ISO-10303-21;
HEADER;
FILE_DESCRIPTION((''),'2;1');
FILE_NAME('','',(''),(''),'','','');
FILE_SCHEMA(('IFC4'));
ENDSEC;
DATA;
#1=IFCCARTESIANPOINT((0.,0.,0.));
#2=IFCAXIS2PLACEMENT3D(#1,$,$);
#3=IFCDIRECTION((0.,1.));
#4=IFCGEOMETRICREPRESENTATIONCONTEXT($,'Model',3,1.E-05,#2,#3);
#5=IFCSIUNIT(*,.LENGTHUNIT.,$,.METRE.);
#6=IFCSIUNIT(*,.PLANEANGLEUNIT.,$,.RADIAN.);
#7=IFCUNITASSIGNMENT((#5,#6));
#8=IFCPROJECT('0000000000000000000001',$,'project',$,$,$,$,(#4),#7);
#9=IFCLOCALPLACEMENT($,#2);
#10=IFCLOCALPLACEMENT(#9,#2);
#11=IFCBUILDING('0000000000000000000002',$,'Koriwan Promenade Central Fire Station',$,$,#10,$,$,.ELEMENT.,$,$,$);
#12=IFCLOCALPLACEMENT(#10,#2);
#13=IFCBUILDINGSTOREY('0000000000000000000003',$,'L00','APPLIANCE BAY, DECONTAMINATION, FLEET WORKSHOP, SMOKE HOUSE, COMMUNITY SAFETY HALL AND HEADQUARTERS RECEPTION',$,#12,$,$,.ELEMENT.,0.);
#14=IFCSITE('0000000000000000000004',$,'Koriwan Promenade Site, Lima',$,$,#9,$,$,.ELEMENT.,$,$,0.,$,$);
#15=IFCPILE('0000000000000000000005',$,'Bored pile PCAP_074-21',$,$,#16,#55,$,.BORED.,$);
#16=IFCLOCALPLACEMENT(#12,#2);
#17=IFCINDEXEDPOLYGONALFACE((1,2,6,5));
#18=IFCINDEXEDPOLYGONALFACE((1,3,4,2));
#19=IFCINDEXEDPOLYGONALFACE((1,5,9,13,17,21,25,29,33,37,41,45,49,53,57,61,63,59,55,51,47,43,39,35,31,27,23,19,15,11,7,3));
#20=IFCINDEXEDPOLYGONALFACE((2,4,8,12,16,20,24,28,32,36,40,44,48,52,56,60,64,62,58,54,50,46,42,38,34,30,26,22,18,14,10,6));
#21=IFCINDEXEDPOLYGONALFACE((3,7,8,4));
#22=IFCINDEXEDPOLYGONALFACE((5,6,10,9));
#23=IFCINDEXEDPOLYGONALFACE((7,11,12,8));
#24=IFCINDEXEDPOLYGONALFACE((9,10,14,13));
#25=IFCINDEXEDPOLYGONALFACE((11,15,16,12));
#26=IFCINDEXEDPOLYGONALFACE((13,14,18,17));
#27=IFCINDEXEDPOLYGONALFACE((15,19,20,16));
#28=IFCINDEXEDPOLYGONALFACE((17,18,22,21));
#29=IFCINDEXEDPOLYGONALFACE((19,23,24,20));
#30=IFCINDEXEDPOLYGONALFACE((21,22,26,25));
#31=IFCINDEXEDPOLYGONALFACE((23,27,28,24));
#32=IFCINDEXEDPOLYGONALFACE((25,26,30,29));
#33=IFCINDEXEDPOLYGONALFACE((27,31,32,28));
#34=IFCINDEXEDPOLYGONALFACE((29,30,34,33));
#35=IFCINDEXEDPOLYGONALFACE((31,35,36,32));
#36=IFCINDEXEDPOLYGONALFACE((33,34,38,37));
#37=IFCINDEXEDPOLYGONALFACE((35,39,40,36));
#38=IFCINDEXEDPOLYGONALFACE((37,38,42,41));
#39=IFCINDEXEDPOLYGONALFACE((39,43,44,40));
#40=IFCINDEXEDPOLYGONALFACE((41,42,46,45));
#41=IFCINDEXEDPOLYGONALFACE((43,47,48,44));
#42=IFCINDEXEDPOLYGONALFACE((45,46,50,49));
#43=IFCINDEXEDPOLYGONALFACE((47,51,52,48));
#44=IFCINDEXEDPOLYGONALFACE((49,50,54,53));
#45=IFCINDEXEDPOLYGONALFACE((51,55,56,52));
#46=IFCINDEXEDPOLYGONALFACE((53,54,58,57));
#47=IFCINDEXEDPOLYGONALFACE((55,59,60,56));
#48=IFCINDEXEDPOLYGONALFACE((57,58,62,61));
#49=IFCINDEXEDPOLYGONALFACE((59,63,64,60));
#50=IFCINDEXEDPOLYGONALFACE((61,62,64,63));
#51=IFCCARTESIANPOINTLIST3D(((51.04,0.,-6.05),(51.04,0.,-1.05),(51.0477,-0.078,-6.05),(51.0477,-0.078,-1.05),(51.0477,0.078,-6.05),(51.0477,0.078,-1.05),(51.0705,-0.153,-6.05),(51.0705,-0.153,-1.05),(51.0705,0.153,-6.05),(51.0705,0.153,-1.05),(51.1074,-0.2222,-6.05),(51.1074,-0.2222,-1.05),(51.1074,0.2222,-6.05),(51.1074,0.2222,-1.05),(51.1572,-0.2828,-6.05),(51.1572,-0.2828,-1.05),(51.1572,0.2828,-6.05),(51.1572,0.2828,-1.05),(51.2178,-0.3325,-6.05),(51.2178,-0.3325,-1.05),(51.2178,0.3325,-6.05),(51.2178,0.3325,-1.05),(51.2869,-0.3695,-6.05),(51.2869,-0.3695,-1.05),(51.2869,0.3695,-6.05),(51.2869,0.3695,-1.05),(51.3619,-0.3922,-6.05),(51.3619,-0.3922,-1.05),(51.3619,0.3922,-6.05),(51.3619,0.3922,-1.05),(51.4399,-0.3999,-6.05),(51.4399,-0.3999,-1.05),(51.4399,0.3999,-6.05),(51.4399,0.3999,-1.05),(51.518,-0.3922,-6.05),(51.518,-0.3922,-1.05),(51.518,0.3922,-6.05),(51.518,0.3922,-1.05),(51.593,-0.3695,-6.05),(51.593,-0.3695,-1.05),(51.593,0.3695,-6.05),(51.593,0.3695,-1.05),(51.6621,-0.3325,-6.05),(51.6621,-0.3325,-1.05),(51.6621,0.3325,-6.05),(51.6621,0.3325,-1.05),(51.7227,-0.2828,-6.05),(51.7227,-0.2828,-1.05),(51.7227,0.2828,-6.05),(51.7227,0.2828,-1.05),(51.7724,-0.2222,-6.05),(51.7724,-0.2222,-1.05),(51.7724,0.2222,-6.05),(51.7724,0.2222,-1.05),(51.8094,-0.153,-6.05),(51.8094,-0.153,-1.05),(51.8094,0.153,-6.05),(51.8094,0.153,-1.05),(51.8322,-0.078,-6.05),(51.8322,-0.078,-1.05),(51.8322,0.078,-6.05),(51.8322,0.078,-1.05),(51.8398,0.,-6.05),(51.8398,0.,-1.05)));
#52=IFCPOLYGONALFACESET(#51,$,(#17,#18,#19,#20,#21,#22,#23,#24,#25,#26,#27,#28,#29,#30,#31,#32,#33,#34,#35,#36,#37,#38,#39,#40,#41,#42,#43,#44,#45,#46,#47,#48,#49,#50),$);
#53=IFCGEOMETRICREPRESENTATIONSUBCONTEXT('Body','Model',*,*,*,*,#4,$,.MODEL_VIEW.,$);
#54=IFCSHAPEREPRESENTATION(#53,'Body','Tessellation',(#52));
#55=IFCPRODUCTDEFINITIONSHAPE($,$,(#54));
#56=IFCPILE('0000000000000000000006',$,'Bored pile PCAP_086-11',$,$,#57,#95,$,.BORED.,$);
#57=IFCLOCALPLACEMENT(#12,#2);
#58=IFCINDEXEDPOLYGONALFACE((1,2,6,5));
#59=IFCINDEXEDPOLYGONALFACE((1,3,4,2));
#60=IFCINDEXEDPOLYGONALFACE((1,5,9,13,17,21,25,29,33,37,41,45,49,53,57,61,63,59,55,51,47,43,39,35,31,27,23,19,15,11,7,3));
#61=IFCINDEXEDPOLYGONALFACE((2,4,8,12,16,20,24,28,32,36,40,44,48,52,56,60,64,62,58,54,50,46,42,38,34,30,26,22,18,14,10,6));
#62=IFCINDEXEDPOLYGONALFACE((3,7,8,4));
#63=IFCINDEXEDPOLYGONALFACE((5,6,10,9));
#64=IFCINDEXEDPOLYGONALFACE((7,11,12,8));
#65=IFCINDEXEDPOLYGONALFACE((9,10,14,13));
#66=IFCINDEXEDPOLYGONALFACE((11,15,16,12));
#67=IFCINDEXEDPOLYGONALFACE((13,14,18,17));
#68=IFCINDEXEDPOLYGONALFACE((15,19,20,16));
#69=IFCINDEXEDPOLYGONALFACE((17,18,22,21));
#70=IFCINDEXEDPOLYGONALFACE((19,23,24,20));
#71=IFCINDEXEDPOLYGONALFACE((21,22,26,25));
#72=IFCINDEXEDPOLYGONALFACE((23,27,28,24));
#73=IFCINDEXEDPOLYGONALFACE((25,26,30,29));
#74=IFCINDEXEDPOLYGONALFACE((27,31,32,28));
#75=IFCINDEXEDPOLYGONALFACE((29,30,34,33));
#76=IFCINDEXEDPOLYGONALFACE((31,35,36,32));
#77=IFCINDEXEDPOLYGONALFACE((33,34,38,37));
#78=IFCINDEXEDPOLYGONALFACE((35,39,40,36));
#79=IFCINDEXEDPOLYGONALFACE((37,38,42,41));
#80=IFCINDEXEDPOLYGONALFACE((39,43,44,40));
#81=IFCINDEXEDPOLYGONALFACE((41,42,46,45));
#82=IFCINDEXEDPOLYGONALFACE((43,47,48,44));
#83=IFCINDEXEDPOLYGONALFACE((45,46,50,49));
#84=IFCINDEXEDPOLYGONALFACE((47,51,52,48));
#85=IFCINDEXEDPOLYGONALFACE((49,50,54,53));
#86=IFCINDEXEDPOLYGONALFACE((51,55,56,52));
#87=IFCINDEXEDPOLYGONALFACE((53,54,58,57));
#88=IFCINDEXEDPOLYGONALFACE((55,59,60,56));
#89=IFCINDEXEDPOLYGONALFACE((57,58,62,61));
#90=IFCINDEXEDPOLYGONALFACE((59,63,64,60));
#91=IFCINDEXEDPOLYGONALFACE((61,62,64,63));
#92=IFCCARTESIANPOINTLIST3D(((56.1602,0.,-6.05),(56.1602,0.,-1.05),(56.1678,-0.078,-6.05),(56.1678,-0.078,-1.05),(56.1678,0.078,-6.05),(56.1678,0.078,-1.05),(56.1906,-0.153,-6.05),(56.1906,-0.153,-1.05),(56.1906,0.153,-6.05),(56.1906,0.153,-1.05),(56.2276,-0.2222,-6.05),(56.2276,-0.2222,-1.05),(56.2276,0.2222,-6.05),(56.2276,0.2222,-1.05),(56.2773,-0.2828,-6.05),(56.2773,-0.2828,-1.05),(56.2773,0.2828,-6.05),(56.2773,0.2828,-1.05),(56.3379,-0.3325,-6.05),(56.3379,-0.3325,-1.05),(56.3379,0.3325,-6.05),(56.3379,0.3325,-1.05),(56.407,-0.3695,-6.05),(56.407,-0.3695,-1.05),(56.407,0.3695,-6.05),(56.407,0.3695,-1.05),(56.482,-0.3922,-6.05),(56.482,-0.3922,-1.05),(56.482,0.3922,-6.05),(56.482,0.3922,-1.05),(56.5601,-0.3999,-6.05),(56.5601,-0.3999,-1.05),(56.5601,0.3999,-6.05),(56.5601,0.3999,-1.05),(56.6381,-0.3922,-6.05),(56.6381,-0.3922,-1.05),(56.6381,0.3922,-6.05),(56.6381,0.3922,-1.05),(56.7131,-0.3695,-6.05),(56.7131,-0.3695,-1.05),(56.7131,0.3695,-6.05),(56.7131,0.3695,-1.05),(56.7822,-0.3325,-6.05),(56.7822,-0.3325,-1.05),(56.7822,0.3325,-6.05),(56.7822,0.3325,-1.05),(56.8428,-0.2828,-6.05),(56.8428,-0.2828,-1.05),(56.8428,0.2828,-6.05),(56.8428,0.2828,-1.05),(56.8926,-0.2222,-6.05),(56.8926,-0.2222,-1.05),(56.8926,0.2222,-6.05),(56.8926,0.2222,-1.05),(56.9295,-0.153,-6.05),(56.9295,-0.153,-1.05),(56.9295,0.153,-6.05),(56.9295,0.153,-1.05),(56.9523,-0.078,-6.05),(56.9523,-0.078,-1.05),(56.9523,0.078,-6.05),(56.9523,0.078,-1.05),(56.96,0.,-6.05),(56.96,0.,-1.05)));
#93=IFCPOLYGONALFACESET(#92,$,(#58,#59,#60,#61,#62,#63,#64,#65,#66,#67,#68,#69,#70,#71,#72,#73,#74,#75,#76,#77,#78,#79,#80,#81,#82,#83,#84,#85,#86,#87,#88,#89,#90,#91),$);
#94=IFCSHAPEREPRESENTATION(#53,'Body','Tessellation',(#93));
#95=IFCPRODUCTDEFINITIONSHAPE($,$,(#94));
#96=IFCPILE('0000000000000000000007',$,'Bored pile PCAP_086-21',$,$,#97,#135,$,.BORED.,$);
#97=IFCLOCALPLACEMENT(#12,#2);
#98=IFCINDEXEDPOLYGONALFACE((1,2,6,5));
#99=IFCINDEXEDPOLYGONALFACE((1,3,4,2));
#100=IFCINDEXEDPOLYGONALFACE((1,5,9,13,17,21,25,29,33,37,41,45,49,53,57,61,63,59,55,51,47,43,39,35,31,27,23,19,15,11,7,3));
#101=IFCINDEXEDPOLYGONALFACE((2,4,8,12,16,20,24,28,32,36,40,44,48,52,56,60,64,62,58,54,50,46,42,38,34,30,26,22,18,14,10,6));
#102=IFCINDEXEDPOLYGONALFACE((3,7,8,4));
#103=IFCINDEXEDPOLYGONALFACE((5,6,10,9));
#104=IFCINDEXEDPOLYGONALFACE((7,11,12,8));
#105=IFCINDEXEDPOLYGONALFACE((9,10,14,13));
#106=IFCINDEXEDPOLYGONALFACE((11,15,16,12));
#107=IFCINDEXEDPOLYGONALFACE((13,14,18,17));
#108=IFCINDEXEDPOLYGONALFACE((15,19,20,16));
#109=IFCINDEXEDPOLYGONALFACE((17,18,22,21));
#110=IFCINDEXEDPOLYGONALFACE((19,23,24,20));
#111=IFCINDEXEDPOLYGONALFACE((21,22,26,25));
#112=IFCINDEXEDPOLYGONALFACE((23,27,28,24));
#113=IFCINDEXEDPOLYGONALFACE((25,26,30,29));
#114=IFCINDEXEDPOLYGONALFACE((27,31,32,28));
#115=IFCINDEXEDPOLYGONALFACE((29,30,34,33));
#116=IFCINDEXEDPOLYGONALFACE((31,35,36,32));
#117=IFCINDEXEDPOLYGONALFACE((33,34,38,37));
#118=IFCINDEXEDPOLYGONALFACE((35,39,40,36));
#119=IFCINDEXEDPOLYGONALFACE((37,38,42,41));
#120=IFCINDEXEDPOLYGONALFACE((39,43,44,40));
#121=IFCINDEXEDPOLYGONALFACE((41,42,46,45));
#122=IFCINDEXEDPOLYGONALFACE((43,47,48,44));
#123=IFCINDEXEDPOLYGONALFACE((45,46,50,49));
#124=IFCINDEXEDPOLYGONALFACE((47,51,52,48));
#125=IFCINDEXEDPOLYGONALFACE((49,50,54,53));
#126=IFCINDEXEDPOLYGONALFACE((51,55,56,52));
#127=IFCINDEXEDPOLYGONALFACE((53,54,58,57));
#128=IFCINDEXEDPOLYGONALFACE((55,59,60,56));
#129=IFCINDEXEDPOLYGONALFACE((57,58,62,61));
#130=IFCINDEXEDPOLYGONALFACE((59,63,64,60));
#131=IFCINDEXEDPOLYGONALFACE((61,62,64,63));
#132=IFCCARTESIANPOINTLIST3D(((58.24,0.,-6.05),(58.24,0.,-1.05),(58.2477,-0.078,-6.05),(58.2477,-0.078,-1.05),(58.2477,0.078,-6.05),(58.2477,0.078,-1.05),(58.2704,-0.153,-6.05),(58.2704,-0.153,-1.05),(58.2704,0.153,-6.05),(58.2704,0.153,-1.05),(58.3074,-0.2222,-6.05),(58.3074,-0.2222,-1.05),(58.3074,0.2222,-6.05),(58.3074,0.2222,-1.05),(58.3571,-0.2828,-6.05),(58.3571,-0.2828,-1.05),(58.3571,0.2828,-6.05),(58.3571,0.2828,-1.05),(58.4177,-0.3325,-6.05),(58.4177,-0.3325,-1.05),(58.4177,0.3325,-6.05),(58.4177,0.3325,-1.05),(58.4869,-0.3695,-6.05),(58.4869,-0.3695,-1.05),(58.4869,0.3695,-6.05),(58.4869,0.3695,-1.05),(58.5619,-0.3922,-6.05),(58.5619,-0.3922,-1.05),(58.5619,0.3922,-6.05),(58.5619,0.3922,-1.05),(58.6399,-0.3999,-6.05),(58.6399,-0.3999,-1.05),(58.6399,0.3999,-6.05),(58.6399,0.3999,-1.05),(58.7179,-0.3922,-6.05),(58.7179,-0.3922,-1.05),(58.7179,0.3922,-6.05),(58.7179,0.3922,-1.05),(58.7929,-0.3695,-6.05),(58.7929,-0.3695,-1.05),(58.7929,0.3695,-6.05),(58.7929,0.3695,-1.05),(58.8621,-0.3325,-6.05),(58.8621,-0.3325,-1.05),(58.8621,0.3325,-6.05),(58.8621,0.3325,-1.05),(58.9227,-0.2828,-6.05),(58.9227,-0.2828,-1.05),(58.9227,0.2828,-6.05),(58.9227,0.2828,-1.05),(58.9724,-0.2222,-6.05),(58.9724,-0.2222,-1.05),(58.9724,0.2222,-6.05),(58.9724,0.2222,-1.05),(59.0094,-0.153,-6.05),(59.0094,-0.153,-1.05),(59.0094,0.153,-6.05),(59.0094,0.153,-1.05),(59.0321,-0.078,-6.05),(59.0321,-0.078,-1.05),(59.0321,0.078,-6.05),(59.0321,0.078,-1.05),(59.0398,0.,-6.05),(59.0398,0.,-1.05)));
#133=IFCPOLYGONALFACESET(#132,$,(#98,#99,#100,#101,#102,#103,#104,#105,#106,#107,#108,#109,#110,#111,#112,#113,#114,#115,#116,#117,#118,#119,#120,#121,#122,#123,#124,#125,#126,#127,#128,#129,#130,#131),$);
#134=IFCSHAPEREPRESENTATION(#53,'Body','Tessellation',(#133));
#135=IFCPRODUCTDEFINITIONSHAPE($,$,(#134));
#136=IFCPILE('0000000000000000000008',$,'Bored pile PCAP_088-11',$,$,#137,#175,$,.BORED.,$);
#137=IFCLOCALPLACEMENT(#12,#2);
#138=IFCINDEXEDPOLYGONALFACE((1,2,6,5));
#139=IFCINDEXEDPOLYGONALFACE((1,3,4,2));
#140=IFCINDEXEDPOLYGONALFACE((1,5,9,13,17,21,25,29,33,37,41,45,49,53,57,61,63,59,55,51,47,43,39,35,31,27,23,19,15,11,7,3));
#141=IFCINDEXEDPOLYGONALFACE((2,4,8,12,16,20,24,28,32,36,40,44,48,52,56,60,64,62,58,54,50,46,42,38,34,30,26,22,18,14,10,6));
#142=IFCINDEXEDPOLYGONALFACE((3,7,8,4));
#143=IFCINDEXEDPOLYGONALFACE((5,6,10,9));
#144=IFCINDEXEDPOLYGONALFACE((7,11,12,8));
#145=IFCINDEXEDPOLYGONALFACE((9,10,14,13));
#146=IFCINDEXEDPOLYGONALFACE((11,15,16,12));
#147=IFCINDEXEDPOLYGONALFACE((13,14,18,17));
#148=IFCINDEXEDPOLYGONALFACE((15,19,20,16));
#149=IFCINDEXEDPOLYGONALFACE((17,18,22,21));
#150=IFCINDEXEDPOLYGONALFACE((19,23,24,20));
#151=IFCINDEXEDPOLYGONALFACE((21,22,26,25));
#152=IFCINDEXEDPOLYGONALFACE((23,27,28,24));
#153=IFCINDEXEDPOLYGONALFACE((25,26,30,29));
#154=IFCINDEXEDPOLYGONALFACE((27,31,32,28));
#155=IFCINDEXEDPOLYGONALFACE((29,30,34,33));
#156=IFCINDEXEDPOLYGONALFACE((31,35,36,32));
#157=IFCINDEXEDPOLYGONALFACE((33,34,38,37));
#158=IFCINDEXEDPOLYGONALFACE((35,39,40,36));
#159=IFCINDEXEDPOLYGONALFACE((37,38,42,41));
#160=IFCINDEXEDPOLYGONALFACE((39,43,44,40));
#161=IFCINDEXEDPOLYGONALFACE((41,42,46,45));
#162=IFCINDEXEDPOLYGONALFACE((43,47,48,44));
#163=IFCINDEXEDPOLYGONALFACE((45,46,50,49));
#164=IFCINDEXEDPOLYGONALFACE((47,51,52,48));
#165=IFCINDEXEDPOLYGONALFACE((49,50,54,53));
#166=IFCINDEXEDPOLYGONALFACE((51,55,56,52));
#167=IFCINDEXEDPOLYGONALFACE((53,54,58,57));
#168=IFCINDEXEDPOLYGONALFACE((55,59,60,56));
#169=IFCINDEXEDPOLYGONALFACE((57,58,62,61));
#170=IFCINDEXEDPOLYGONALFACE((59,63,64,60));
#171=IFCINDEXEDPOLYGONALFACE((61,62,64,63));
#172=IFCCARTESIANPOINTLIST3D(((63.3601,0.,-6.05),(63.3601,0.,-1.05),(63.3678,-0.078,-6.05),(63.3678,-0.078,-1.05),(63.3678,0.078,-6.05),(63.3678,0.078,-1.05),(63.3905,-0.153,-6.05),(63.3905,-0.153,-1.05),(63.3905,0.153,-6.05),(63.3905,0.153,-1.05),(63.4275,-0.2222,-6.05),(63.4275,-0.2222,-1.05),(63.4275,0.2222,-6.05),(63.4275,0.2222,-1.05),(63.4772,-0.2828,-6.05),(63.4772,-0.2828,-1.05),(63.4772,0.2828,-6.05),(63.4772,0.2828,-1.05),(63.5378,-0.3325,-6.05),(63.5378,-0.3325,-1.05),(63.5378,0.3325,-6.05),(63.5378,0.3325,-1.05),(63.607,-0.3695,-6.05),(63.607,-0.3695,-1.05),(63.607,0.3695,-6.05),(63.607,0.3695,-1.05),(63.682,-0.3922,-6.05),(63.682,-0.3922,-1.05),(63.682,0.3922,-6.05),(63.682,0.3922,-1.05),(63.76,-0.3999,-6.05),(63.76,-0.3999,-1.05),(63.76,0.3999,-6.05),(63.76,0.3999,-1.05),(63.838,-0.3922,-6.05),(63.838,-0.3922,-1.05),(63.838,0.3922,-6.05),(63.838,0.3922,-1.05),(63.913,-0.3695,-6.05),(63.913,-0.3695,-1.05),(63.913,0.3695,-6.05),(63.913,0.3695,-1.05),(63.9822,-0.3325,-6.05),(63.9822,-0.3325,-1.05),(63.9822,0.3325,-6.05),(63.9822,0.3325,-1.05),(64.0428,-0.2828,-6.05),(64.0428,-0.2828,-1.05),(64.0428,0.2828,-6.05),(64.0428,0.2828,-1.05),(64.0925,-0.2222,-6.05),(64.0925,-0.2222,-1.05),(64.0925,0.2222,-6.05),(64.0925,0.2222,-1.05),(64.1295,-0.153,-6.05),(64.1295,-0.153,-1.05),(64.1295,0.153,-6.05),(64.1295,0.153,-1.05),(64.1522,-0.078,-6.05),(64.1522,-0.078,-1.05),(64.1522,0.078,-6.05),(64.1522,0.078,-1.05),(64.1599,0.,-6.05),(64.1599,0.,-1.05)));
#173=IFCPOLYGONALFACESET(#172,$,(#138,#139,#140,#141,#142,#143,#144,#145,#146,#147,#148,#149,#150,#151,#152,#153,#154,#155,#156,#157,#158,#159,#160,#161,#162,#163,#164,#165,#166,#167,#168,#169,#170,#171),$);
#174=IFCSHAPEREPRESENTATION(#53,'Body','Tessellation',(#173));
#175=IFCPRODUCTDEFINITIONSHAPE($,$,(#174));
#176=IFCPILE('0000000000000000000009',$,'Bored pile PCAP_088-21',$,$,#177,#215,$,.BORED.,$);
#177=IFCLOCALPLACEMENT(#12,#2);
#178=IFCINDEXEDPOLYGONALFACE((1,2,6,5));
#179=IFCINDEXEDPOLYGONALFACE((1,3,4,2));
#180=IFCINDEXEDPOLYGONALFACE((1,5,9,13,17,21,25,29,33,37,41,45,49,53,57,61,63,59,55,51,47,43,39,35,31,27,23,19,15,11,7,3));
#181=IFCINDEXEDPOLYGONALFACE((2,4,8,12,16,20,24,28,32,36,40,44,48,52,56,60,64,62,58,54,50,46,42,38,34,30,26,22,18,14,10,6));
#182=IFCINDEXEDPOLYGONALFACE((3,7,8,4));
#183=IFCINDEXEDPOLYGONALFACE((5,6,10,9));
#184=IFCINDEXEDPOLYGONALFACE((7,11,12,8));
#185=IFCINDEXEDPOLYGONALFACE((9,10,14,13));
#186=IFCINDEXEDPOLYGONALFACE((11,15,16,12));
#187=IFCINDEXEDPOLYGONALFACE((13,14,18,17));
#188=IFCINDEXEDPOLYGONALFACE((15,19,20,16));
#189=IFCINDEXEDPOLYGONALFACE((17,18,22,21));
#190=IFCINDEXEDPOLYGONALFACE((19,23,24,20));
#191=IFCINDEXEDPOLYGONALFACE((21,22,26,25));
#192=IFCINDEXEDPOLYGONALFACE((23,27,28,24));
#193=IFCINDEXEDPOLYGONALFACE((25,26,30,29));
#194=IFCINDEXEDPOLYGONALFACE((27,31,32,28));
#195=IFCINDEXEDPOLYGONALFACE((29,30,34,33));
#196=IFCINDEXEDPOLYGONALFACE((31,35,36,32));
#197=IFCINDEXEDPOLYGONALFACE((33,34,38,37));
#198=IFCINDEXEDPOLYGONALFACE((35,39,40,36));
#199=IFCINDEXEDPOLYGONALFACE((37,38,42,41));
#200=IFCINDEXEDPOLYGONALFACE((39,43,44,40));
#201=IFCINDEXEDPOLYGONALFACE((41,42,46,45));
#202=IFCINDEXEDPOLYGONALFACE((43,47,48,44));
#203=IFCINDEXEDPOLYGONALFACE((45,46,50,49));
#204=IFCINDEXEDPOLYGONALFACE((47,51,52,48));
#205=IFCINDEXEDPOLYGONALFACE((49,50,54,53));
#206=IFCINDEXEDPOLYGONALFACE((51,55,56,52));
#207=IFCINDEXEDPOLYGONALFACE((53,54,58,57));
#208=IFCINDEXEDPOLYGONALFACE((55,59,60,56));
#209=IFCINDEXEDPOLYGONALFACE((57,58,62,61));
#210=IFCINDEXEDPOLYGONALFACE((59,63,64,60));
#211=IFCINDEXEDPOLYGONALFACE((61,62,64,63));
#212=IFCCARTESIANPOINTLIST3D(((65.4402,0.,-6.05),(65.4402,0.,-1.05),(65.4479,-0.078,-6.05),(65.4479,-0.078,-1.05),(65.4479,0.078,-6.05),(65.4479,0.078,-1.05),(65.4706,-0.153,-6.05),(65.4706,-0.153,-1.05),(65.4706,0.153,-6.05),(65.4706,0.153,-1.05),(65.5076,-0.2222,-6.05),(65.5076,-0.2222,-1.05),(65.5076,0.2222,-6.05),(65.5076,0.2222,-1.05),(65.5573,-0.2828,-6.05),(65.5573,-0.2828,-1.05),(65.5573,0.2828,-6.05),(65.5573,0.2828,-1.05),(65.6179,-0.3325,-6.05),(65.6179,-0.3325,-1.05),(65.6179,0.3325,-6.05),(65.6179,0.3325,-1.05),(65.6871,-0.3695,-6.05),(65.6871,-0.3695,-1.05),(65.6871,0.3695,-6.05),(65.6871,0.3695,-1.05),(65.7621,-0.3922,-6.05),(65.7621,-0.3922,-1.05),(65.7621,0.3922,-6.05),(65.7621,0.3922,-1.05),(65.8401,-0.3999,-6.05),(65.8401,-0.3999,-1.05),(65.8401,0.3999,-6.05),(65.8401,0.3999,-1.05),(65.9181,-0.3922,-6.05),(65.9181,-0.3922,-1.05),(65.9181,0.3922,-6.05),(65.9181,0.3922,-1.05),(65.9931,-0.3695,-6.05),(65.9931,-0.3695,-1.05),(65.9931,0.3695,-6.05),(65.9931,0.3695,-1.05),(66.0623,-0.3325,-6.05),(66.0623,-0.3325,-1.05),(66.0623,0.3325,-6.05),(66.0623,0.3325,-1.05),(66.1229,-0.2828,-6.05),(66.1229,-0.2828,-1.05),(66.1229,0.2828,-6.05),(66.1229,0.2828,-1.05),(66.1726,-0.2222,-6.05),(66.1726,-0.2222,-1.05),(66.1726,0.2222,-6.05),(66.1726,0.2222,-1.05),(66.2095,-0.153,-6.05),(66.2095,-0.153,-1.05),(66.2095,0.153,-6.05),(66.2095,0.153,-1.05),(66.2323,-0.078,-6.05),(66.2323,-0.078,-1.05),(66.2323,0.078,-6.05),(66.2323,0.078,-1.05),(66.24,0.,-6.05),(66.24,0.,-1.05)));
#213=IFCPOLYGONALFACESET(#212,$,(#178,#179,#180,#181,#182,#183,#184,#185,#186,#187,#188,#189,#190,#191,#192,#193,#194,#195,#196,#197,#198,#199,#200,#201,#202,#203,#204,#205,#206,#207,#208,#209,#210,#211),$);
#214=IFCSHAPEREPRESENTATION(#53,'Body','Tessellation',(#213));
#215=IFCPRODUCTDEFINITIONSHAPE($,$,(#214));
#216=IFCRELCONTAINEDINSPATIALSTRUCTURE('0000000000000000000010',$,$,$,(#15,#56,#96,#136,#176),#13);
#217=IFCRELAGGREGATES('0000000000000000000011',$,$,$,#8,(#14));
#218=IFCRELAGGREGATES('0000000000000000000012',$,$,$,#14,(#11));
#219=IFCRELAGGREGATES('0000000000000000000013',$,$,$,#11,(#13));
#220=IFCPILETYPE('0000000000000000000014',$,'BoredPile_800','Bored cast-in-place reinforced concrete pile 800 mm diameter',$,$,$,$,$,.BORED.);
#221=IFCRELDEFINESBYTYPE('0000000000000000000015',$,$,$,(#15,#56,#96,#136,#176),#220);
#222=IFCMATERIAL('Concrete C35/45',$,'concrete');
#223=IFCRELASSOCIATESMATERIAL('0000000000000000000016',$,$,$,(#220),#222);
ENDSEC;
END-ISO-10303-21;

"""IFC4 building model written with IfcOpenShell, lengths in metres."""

from ifc_helpers import new_model, si_unit, direction, frame, origin, origin_2d, place, context, subcontext, project, spatial, circle, extrude, material, material_profile, profile_set, type_object, element, save


model = new_model("IFC4")

# Units and contexts
model_context = context("Model", 3, precision=1e-05, world=origin(), true_north=direction((0.0, 1.0)))
body_context = subcontext(model_context, "Body", "Model", "MODEL_VIEW")
ifc_project = project(units=[si_unit("LENGTHUNIT", "METRE"), si_unit("PLANEANGLEUNIT", "RADIAN")], contexts=[model_context])

# Site, building, storey
site_placement = place(None, origin())
site = spatial("IfcSite", under=ifc_project, at=site_placement, Name="Koriwan Promenade Site, Lima", CompositionType="ELEMENT", RefElevation=0.0)
building_placement = place(site_placement, origin())
building = spatial("IfcBuilding", under=site, at=building_placement, Name="Koriwan Promenade Central Fire Station", CompositionType="ELEMENT")
storey_placement = place(building_placement, origin())
storey = spatial("IfcBuildingStorey", under=building, at=storey_placement, Name="L00", Description="APPLIANCE BAY, DECONTAMINATION, FLEET WORKSHOP, SMOKE HOUSE, COMMUNITY SAFETY HALL AND HEADQUARTERS RECEPTION", CompositionType="ELEMENT", Elevation=0.0)

# Piles
ifc_material_1 = material(Name="Concrete C35/45", Category="concrete")
ifc_material_profile_1 = material_profile(ifc_material_1, circle(Radius=0.3999, at=origin_2d()), Name="PILE-D800")
ifc_profile_set_1 = profile_set([ifc_material_profile_1], Name="Concrete C35/45")
pile_type = type_object("IfcPileType", Name="BoredPile_800", Description="Bored cast-in-place reinforced concrete pile 800 mm diameter", PredefinedType="BORED", material=ifc_profile_set_1)
for number, where, z_axis, x_axis, name in (
    (1, (51.4399, 0.0, -1.05), (0.0, 0.0, -1.0), (1.0, 0.0, 0.0), "Bored pile PCAP_074-21"),
    (2, (56.5601, 0.0, -1.05), (0.0, 0.0, -1.0), (1.0, 0.0, 0.0), "Bored pile PCAP_086-11"),
    (3, (58.6399, 0.0, -1.05), (0.0, 0.0, -1.0), (1.0, 0.0, 0.0), "Bored pile PCAP_086-21"),
    (4, (63.76, 0.0, -1.05), (0.0, 0.0, -1.0), (1.0, 0.0, 0.0), "Bored pile PCAP_088-11"),
    (5, (65.8401, 0.0, -1.05), (0.0, 0.0, -1.0), (1.0, 0.0, 0.0), "Bored pile PCAP_088-21"),
):
    element("IfcPile", number, at=place(storey_placement, frame(where, z_axis=z_axis, x_axis=x_axis)), inside=storey, type_object=pile_type, Name=name, PredefinedType="BORED", context=body_context, shape_type="SweptSolid", body=[
        extrude(circle(Radius=0.3999, at=origin_2d()), origin(), (0.0, 0.0, 1.0), 5.0),
    ])

save(model, "model.ifc")
